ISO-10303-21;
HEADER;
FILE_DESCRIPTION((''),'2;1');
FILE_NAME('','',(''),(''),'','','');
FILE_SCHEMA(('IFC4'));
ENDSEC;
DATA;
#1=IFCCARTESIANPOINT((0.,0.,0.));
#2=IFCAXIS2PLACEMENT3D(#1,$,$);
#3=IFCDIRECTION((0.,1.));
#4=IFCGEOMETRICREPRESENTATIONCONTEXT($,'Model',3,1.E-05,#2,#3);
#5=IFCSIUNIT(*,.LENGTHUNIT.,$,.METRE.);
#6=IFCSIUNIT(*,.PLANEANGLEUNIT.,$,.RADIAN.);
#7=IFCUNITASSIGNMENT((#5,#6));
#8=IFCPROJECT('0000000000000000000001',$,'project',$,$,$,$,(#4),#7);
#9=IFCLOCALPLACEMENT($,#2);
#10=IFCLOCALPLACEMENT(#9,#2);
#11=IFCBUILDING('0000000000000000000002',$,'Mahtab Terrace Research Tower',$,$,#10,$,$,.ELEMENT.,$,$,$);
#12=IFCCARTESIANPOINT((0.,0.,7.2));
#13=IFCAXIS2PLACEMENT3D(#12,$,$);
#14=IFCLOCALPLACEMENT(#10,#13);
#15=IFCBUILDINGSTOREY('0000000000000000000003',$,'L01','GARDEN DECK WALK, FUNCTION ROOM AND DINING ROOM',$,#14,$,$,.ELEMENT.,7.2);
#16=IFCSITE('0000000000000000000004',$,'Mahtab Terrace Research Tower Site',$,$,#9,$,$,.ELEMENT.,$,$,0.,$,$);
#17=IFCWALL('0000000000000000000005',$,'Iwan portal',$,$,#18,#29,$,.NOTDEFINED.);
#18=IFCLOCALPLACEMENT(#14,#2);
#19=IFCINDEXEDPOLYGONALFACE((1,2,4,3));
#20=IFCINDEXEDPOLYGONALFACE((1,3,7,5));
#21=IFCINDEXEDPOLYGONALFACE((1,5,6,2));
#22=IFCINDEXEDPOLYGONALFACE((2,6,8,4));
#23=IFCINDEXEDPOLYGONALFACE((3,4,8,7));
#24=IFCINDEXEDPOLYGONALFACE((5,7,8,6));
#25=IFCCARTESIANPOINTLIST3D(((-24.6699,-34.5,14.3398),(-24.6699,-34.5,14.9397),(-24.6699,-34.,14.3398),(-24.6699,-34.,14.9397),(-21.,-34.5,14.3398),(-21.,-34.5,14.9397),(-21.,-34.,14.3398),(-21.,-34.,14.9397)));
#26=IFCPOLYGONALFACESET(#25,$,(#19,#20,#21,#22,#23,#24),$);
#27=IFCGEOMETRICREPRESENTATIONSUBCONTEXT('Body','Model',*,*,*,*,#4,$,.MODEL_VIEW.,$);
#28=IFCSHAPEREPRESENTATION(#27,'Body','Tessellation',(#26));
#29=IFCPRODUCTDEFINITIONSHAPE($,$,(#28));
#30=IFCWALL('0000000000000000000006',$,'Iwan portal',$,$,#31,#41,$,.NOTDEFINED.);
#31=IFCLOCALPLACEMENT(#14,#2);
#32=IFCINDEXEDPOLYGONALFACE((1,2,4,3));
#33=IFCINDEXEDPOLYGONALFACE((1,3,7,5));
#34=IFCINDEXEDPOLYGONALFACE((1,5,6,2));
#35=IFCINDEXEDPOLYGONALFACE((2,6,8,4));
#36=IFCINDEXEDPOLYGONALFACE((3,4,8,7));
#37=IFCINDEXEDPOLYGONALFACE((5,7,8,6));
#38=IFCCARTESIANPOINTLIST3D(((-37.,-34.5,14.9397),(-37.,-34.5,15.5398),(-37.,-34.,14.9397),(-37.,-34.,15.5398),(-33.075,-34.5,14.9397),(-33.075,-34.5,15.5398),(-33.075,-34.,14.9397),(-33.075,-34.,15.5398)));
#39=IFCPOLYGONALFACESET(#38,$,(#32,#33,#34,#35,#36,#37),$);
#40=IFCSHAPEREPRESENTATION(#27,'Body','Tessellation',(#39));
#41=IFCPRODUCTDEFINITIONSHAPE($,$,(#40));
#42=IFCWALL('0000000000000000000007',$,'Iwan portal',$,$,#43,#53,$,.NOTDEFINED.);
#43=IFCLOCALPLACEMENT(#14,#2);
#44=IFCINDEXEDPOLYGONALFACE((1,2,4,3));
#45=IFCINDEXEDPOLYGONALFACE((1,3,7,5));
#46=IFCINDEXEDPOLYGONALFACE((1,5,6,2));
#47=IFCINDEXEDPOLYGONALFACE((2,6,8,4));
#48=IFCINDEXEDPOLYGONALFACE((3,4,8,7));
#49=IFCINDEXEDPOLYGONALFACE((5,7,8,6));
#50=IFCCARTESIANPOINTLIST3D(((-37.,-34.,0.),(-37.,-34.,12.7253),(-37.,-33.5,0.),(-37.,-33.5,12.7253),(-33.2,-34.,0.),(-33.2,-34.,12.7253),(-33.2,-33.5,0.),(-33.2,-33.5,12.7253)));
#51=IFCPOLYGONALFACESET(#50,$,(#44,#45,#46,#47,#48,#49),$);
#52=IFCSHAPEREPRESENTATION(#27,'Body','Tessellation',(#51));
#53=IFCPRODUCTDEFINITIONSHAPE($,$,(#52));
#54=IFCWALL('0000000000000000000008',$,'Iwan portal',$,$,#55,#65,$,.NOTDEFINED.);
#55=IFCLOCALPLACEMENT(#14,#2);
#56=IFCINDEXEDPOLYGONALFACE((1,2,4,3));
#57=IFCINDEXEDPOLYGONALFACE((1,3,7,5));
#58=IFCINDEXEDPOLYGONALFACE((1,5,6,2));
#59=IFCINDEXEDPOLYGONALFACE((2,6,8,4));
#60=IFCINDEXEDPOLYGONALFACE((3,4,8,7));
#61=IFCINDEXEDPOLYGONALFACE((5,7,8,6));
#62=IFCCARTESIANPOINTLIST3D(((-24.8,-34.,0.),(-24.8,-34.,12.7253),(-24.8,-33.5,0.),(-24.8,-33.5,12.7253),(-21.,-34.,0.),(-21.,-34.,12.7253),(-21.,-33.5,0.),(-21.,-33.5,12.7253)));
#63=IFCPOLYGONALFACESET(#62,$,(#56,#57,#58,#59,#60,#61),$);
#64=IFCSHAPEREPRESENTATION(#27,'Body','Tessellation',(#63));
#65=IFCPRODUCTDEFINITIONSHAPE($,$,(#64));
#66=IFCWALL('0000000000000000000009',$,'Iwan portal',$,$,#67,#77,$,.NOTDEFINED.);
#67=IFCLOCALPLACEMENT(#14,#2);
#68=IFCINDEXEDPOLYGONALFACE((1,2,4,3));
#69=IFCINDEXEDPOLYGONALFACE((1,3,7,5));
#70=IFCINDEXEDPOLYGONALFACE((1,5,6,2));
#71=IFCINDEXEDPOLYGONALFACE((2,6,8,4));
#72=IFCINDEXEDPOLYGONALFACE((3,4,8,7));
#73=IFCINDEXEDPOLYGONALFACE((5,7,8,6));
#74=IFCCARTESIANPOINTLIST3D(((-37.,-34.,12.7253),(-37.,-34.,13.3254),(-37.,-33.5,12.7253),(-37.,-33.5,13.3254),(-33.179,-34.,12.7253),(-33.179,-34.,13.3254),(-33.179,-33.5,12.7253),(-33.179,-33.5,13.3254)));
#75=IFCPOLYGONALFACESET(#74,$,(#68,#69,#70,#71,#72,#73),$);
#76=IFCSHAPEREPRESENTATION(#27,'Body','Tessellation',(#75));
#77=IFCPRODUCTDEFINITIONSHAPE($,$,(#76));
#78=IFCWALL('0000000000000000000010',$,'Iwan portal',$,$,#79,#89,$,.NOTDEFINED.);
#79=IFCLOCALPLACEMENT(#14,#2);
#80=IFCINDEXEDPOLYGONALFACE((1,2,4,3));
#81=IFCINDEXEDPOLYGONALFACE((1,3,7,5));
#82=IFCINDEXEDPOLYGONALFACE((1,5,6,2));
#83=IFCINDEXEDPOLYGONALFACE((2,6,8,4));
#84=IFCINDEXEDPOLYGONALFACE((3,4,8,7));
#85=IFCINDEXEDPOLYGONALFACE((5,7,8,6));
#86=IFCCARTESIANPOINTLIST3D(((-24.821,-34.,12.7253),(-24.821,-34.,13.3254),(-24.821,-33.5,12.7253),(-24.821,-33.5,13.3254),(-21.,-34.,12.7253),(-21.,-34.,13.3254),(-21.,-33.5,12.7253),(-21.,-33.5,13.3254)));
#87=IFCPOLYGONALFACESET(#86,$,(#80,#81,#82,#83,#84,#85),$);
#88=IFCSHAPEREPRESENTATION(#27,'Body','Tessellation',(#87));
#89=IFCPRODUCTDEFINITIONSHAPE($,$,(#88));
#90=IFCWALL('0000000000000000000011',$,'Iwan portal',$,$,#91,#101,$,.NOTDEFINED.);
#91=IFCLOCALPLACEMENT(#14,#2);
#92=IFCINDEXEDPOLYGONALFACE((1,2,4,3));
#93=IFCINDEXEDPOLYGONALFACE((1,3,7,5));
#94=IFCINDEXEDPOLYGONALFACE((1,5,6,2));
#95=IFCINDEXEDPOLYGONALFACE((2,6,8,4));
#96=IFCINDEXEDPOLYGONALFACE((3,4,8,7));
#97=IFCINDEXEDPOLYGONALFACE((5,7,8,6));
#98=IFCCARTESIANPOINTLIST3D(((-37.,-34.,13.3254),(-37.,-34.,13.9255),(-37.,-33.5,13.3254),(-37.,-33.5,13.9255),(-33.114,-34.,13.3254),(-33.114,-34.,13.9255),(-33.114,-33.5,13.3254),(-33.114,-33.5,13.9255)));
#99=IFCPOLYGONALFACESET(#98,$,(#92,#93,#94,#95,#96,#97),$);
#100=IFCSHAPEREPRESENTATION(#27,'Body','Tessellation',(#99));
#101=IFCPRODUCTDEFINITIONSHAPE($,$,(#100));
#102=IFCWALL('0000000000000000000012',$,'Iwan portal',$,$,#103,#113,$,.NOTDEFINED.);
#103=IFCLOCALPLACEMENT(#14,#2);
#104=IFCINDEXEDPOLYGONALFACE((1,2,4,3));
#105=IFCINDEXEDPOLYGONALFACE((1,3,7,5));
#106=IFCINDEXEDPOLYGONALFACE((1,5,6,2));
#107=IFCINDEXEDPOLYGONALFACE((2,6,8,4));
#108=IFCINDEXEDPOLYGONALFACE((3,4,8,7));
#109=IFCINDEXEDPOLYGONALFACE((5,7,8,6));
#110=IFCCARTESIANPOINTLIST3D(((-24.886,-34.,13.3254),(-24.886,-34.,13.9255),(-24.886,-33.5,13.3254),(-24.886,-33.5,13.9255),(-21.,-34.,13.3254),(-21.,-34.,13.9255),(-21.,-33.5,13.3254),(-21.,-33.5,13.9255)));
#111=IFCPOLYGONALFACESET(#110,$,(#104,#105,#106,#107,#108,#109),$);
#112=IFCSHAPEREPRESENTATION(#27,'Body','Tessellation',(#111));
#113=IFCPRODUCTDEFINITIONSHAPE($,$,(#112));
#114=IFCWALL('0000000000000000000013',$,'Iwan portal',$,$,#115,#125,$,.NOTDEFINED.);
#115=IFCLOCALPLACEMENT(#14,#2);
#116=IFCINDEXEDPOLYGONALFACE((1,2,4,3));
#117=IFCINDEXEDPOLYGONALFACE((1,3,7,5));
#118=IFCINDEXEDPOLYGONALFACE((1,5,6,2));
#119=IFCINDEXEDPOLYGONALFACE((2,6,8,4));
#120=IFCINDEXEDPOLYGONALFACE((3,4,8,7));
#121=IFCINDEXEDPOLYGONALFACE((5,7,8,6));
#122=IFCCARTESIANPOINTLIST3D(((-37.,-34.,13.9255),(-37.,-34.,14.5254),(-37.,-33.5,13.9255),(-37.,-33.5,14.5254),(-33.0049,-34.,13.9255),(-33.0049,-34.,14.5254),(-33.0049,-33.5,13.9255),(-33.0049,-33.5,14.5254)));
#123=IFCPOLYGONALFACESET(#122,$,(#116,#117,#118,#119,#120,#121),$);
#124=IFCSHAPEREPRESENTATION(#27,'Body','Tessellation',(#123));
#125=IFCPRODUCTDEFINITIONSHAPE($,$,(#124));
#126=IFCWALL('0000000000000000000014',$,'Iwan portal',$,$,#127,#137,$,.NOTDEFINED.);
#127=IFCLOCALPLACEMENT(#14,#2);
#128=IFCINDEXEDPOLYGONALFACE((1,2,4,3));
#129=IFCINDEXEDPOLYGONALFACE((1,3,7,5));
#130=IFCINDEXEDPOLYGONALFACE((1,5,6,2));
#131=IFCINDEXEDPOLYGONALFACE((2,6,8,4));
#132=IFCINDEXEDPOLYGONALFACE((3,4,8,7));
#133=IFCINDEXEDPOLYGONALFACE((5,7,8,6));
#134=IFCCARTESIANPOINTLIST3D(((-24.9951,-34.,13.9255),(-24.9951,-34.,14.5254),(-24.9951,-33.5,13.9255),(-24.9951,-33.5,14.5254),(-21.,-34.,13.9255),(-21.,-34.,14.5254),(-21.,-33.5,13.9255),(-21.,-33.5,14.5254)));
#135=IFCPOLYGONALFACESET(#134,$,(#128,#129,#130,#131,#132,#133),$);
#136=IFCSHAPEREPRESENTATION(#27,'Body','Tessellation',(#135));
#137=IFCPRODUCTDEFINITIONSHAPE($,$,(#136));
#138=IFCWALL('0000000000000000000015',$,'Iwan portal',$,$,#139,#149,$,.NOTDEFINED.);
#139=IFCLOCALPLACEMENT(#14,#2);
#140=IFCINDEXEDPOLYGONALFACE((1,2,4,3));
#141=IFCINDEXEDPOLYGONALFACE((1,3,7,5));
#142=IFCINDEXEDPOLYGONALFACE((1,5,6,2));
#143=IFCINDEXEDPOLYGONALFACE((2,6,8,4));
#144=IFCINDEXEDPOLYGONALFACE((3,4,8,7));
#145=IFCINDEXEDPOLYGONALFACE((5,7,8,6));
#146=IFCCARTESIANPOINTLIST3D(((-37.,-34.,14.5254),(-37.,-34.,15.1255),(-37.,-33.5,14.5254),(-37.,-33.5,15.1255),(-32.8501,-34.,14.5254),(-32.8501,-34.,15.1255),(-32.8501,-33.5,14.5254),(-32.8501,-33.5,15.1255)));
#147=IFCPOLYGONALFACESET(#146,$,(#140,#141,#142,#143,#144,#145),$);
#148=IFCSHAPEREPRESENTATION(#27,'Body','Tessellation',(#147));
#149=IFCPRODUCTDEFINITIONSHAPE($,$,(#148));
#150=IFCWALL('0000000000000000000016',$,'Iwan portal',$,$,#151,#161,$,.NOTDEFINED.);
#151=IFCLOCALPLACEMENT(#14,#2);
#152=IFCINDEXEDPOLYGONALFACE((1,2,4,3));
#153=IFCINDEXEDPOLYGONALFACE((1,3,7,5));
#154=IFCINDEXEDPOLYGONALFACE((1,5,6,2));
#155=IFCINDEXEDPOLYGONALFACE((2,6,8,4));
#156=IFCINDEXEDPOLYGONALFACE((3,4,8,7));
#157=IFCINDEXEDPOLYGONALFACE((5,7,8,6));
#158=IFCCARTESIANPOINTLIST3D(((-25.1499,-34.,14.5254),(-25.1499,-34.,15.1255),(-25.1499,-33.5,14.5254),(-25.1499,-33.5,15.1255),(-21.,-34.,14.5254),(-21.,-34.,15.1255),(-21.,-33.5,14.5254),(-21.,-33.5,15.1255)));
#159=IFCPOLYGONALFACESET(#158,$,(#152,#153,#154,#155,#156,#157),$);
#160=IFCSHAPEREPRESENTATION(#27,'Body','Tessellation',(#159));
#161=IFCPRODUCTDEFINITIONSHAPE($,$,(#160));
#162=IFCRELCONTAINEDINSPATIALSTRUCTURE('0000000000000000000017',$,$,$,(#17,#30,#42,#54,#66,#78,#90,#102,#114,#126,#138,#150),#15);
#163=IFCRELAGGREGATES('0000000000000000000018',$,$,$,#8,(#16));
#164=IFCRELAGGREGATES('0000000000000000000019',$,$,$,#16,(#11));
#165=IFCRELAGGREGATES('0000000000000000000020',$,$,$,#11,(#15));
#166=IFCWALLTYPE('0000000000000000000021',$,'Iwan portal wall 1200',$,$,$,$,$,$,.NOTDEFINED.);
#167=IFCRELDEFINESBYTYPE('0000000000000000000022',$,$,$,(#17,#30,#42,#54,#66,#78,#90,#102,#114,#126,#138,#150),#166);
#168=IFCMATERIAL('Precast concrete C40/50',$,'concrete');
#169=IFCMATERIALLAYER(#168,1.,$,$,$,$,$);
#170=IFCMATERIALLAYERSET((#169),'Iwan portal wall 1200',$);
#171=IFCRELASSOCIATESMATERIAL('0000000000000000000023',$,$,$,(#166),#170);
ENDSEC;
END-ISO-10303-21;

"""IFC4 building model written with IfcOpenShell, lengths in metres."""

from ifc_helpers import new_model, si_unit, direction, frame, origin, place, context, subcontext, project, spatial, polyline, outline, extrude, material, layer, layer_set, type_object, element, save


model = new_model("IFC4")

# Units and contexts
model_context = context("Model", 3, precision=1e-05, world=origin(), true_north=direction((0.0, 1.0)))
body_context = subcontext(model_context, "Body", "Model", "MODEL_VIEW")
ifc_project = project(units=[si_unit("LENGTHUNIT", "METRE"), si_unit("PLANEANGLEUNIT", "RADIAN")], contexts=[model_context])

# Site, building, storey
site_placement = place(None, origin())
site = spatial("IfcSite", under=ifc_project, at=site_placement, Name="Mahtab Terrace Research Tower Site", CompositionType="ELEMENT", RefElevation=0.0)
building_placement = place(site_placement, origin())
building = spatial("IfcBuilding", under=site, at=building_placement, Name="Mahtab Terrace Research Tower", CompositionType="ELEMENT")
storey_placement = place(building_placement, frame((0.0, 0.0, 7.2)))
storey = spatial("IfcBuildingStorey", under=building, at=storey_placement, Name="L01", Description="GARDEN DECK WALK, FUNCTION ROOM AND DINING ROOM", CompositionType="ELEMENT", Elevation=7.2)

# Walls
ifc_material_1 = material(Name="Precast concrete C40/50", Category="concrete")
ifc_layer_1 = layer(ifc_material_1, 1.0)
ifc_layer_set_1 = layer_set([ifc_layer_1], Name="Iwan portal wall 1200")
wall_type = type_object("IfcWallType", Name="Iwan portal wall 1200", PredefinedType="NOTDEFINED", material=ifc_layer_set_1)
wall_1_placement = place(storey_placement, frame((0.0, 0.0, 14.3398)))
element("IfcWall", 1, at=wall_1_placement, inside=storey, type_object=wall_type, Name="Iwan portal", PredefinedType="NOTDEFINED", context=body_context, shape_type="SweptSolid", body=[
    extrude(outline(polyline([(-24.6699, -34.5), (-21.0, -34.5), (-21.0, -34.0), (-24.6699, -34.0), (-24.6699, -34.5)])), origin(), (0.0, 0.0, 1.0), 0.5999),
])
wall_2_placement = place(storey_placement, frame((0.0, 0.0, 14.9397)))
element("IfcWall", 2, at=wall_2_placement, inside=storey, type_object=wall_type, Name="Iwan portal", PredefinedType="NOTDEFINED", context=body_context, shape_type="SweptSolid", body=[
    extrude(outline(polyline([(-37.0, -34.5), (-33.075, -34.5), (-33.075, -34.0), (-37.0, -34.0), (-37.0, -34.5)])), origin(), (0.0, 0.0, 1.0), 0.6001),
])
wall_3_placement = place(storey_placement, origin())
element("IfcWall", 3, at=wall_3_placement, inside=storey, type_object=wall_type, Name="Iwan portal", PredefinedType="NOTDEFINED", context=body_context, shape_type="SweptSolid", body=[
    extrude(outline(polyline([(-37.0, -34.0), (-33.2, -34.0), (-33.2, -33.5), (-37.0, -33.5), (-37.0, -34.0)])), origin(), (0.0, 0.0, 1.0), 12.7253),
])
wall_4_placement = place(storey_placement, origin())
element("IfcWall", 4, at=wall_4_placement, inside=storey, type_object=wall_type, Name="Iwan portal", PredefinedType="NOTDEFINED", context=body_context, shape_type="SweptSolid", body=[
    extrude(outline(polyline([(-24.8, -34.0), (-21.0, -34.0), (-21.0, -33.5), (-24.8, -33.5), (-24.8, -34.0)])), origin(), (0.0, 0.0, 1.0), 12.7253),
])
wall_5_placement = place(storey_placement, frame((0.0, 0.0, 12.7253)))
element("IfcWall", 5, at=wall_5_placement, inside=storey, type_object=wall_type, Name="Iwan portal", PredefinedType="NOTDEFINED", context=body_context, shape_type="SweptSolid", body=[
    extrude(outline(polyline([(-37.0, -34.0), (-33.179, -34.0), (-33.179, -33.5), (-37.0, -33.5), (-37.0, -34.0)])), origin(), (0.0, 0.0, 1.0), 0.6001),
])
wall_6_placement = place(storey_placement, frame((0.0, 0.0, 12.7253)))
element("IfcWall", 6, at=wall_6_placement, inside=storey, type_object=wall_type, Name="Iwan portal", PredefinedType="NOTDEFINED", context=body_context, shape_type="SweptSolid", body=[
    extrude(outline(polyline([(-24.821, -34.0), (-21.0, -34.0), (-21.0, -33.5), (-24.821, -33.5), (-24.821, -34.0)])), origin(), (0.0, 0.0, 1.0), 0.6001),
])
wall_7_placement = place(storey_placement, frame((0.0, 0.0, 13.3254)))
element("IfcWall", 7, at=wall_7_placement, inside=storey, type_object=wall_type, Name="Iwan portal", PredefinedType="NOTDEFINED", context=body_context, shape_type="SweptSolid", body=[
    extrude(outline(polyline([(-37.0, -34.0), (-33.114, -34.0), (-33.114, -33.5), (-37.0, -33.5), (-37.0, -34.0)])), origin(), (0.0, 0.0, 1.0), 0.6001),
])
wall_8_placement = place(storey_placement, frame((0.0, 0.0, 13.3254)))
element("IfcWall", 8, at=wall_8_placement, inside=storey, type_object=wall_type, Name="Iwan portal", PredefinedType="NOTDEFINED", context=body_context, shape_type="SweptSolid", body=[
    extrude(outline(polyline([(-24.886, -34.0), (-21.0, -34.0), (-21.0, -33.5), (-24.886, -33.5), (-24.886, -34.0)])), origin(), (0.0, 0.0, 1.0), 0.6001),
])
wall_9_placement = place(storey_placement, frame((0.0, 0.0, 13.9255)))
element("IfcWall", 9, at=wall_9_placement, inside=storey, type_object=wall_type, Name="Iwan portal", PredefinedType="NOTDEFINED", context=body_context, shape_type="SweptSolid", body=[
    extrude(outline(polyline([(-37.0, -34.0), (-33.0049, -34.0), (-33.0049, -33.5), (-37.0, -33.5), (-37.0, -34.0)])), origin(), (0.0, 0.0, 1.0), 0.5999),
])
wall_10_placement = place(storey_placement, frame((0.0, 0.0, 13.9255)))
element("IfcWall", 10, at=wall_10_placement, inside=storey, type_object=wall_type, Name="Iwan portal", PredefinedType="NOTDEFINED", context=body_context, shape_type="SweptSolid", body=[
    extrude(outline(polyline([(-24.9951, -34.0), (-21.0, -34.0), (-21.0, -33.5), (-24.9951, -33.5), (-24.9951, -34.0)])), origin(), (0.0, 0.0, 1.0), 0.5999),
])
wall_11_placement = place(storey_placement, frame((0.0, 0.0, 14.5254)))
element("IfcWall", 11, at=wall_11_placement, inside=storey, type_object=wall_type, Name="Iwan portal", PredefinedType="NOTDEFINED", context=body_context, shape_type="SweptSolid", body=[
    extrude(outline(polyline([(-37.0, -34.0), (-32.8501, -34.0), (-32.8501, -33.5), (-37.0, -33.5), (-37.0, -34.0)])), origin(), (0.0, 0.0, 1.0), 0.6001),
])
wall_12_placement = place(storey_placement, frame((0.0, 0.0, 14.5254)))
element("IfcWall", 12, at=wall_12_placement, inside=storey, type_object=wall_type, Name="Iwan portal", PredefinedType="NOTDEFINED", context=body_context, shape_type="SweptSolid", body=[
    extrude(outline(polyline([(-25.1499, -34.0), (-21.0, -34.0), (-21.0, -33.5), (-25.1499, -33.5), (-25.1499, -34.0)])), origin(), (0.0, 0.0, 1.0), 0.6001),
])

save(model, "model.ifc")
